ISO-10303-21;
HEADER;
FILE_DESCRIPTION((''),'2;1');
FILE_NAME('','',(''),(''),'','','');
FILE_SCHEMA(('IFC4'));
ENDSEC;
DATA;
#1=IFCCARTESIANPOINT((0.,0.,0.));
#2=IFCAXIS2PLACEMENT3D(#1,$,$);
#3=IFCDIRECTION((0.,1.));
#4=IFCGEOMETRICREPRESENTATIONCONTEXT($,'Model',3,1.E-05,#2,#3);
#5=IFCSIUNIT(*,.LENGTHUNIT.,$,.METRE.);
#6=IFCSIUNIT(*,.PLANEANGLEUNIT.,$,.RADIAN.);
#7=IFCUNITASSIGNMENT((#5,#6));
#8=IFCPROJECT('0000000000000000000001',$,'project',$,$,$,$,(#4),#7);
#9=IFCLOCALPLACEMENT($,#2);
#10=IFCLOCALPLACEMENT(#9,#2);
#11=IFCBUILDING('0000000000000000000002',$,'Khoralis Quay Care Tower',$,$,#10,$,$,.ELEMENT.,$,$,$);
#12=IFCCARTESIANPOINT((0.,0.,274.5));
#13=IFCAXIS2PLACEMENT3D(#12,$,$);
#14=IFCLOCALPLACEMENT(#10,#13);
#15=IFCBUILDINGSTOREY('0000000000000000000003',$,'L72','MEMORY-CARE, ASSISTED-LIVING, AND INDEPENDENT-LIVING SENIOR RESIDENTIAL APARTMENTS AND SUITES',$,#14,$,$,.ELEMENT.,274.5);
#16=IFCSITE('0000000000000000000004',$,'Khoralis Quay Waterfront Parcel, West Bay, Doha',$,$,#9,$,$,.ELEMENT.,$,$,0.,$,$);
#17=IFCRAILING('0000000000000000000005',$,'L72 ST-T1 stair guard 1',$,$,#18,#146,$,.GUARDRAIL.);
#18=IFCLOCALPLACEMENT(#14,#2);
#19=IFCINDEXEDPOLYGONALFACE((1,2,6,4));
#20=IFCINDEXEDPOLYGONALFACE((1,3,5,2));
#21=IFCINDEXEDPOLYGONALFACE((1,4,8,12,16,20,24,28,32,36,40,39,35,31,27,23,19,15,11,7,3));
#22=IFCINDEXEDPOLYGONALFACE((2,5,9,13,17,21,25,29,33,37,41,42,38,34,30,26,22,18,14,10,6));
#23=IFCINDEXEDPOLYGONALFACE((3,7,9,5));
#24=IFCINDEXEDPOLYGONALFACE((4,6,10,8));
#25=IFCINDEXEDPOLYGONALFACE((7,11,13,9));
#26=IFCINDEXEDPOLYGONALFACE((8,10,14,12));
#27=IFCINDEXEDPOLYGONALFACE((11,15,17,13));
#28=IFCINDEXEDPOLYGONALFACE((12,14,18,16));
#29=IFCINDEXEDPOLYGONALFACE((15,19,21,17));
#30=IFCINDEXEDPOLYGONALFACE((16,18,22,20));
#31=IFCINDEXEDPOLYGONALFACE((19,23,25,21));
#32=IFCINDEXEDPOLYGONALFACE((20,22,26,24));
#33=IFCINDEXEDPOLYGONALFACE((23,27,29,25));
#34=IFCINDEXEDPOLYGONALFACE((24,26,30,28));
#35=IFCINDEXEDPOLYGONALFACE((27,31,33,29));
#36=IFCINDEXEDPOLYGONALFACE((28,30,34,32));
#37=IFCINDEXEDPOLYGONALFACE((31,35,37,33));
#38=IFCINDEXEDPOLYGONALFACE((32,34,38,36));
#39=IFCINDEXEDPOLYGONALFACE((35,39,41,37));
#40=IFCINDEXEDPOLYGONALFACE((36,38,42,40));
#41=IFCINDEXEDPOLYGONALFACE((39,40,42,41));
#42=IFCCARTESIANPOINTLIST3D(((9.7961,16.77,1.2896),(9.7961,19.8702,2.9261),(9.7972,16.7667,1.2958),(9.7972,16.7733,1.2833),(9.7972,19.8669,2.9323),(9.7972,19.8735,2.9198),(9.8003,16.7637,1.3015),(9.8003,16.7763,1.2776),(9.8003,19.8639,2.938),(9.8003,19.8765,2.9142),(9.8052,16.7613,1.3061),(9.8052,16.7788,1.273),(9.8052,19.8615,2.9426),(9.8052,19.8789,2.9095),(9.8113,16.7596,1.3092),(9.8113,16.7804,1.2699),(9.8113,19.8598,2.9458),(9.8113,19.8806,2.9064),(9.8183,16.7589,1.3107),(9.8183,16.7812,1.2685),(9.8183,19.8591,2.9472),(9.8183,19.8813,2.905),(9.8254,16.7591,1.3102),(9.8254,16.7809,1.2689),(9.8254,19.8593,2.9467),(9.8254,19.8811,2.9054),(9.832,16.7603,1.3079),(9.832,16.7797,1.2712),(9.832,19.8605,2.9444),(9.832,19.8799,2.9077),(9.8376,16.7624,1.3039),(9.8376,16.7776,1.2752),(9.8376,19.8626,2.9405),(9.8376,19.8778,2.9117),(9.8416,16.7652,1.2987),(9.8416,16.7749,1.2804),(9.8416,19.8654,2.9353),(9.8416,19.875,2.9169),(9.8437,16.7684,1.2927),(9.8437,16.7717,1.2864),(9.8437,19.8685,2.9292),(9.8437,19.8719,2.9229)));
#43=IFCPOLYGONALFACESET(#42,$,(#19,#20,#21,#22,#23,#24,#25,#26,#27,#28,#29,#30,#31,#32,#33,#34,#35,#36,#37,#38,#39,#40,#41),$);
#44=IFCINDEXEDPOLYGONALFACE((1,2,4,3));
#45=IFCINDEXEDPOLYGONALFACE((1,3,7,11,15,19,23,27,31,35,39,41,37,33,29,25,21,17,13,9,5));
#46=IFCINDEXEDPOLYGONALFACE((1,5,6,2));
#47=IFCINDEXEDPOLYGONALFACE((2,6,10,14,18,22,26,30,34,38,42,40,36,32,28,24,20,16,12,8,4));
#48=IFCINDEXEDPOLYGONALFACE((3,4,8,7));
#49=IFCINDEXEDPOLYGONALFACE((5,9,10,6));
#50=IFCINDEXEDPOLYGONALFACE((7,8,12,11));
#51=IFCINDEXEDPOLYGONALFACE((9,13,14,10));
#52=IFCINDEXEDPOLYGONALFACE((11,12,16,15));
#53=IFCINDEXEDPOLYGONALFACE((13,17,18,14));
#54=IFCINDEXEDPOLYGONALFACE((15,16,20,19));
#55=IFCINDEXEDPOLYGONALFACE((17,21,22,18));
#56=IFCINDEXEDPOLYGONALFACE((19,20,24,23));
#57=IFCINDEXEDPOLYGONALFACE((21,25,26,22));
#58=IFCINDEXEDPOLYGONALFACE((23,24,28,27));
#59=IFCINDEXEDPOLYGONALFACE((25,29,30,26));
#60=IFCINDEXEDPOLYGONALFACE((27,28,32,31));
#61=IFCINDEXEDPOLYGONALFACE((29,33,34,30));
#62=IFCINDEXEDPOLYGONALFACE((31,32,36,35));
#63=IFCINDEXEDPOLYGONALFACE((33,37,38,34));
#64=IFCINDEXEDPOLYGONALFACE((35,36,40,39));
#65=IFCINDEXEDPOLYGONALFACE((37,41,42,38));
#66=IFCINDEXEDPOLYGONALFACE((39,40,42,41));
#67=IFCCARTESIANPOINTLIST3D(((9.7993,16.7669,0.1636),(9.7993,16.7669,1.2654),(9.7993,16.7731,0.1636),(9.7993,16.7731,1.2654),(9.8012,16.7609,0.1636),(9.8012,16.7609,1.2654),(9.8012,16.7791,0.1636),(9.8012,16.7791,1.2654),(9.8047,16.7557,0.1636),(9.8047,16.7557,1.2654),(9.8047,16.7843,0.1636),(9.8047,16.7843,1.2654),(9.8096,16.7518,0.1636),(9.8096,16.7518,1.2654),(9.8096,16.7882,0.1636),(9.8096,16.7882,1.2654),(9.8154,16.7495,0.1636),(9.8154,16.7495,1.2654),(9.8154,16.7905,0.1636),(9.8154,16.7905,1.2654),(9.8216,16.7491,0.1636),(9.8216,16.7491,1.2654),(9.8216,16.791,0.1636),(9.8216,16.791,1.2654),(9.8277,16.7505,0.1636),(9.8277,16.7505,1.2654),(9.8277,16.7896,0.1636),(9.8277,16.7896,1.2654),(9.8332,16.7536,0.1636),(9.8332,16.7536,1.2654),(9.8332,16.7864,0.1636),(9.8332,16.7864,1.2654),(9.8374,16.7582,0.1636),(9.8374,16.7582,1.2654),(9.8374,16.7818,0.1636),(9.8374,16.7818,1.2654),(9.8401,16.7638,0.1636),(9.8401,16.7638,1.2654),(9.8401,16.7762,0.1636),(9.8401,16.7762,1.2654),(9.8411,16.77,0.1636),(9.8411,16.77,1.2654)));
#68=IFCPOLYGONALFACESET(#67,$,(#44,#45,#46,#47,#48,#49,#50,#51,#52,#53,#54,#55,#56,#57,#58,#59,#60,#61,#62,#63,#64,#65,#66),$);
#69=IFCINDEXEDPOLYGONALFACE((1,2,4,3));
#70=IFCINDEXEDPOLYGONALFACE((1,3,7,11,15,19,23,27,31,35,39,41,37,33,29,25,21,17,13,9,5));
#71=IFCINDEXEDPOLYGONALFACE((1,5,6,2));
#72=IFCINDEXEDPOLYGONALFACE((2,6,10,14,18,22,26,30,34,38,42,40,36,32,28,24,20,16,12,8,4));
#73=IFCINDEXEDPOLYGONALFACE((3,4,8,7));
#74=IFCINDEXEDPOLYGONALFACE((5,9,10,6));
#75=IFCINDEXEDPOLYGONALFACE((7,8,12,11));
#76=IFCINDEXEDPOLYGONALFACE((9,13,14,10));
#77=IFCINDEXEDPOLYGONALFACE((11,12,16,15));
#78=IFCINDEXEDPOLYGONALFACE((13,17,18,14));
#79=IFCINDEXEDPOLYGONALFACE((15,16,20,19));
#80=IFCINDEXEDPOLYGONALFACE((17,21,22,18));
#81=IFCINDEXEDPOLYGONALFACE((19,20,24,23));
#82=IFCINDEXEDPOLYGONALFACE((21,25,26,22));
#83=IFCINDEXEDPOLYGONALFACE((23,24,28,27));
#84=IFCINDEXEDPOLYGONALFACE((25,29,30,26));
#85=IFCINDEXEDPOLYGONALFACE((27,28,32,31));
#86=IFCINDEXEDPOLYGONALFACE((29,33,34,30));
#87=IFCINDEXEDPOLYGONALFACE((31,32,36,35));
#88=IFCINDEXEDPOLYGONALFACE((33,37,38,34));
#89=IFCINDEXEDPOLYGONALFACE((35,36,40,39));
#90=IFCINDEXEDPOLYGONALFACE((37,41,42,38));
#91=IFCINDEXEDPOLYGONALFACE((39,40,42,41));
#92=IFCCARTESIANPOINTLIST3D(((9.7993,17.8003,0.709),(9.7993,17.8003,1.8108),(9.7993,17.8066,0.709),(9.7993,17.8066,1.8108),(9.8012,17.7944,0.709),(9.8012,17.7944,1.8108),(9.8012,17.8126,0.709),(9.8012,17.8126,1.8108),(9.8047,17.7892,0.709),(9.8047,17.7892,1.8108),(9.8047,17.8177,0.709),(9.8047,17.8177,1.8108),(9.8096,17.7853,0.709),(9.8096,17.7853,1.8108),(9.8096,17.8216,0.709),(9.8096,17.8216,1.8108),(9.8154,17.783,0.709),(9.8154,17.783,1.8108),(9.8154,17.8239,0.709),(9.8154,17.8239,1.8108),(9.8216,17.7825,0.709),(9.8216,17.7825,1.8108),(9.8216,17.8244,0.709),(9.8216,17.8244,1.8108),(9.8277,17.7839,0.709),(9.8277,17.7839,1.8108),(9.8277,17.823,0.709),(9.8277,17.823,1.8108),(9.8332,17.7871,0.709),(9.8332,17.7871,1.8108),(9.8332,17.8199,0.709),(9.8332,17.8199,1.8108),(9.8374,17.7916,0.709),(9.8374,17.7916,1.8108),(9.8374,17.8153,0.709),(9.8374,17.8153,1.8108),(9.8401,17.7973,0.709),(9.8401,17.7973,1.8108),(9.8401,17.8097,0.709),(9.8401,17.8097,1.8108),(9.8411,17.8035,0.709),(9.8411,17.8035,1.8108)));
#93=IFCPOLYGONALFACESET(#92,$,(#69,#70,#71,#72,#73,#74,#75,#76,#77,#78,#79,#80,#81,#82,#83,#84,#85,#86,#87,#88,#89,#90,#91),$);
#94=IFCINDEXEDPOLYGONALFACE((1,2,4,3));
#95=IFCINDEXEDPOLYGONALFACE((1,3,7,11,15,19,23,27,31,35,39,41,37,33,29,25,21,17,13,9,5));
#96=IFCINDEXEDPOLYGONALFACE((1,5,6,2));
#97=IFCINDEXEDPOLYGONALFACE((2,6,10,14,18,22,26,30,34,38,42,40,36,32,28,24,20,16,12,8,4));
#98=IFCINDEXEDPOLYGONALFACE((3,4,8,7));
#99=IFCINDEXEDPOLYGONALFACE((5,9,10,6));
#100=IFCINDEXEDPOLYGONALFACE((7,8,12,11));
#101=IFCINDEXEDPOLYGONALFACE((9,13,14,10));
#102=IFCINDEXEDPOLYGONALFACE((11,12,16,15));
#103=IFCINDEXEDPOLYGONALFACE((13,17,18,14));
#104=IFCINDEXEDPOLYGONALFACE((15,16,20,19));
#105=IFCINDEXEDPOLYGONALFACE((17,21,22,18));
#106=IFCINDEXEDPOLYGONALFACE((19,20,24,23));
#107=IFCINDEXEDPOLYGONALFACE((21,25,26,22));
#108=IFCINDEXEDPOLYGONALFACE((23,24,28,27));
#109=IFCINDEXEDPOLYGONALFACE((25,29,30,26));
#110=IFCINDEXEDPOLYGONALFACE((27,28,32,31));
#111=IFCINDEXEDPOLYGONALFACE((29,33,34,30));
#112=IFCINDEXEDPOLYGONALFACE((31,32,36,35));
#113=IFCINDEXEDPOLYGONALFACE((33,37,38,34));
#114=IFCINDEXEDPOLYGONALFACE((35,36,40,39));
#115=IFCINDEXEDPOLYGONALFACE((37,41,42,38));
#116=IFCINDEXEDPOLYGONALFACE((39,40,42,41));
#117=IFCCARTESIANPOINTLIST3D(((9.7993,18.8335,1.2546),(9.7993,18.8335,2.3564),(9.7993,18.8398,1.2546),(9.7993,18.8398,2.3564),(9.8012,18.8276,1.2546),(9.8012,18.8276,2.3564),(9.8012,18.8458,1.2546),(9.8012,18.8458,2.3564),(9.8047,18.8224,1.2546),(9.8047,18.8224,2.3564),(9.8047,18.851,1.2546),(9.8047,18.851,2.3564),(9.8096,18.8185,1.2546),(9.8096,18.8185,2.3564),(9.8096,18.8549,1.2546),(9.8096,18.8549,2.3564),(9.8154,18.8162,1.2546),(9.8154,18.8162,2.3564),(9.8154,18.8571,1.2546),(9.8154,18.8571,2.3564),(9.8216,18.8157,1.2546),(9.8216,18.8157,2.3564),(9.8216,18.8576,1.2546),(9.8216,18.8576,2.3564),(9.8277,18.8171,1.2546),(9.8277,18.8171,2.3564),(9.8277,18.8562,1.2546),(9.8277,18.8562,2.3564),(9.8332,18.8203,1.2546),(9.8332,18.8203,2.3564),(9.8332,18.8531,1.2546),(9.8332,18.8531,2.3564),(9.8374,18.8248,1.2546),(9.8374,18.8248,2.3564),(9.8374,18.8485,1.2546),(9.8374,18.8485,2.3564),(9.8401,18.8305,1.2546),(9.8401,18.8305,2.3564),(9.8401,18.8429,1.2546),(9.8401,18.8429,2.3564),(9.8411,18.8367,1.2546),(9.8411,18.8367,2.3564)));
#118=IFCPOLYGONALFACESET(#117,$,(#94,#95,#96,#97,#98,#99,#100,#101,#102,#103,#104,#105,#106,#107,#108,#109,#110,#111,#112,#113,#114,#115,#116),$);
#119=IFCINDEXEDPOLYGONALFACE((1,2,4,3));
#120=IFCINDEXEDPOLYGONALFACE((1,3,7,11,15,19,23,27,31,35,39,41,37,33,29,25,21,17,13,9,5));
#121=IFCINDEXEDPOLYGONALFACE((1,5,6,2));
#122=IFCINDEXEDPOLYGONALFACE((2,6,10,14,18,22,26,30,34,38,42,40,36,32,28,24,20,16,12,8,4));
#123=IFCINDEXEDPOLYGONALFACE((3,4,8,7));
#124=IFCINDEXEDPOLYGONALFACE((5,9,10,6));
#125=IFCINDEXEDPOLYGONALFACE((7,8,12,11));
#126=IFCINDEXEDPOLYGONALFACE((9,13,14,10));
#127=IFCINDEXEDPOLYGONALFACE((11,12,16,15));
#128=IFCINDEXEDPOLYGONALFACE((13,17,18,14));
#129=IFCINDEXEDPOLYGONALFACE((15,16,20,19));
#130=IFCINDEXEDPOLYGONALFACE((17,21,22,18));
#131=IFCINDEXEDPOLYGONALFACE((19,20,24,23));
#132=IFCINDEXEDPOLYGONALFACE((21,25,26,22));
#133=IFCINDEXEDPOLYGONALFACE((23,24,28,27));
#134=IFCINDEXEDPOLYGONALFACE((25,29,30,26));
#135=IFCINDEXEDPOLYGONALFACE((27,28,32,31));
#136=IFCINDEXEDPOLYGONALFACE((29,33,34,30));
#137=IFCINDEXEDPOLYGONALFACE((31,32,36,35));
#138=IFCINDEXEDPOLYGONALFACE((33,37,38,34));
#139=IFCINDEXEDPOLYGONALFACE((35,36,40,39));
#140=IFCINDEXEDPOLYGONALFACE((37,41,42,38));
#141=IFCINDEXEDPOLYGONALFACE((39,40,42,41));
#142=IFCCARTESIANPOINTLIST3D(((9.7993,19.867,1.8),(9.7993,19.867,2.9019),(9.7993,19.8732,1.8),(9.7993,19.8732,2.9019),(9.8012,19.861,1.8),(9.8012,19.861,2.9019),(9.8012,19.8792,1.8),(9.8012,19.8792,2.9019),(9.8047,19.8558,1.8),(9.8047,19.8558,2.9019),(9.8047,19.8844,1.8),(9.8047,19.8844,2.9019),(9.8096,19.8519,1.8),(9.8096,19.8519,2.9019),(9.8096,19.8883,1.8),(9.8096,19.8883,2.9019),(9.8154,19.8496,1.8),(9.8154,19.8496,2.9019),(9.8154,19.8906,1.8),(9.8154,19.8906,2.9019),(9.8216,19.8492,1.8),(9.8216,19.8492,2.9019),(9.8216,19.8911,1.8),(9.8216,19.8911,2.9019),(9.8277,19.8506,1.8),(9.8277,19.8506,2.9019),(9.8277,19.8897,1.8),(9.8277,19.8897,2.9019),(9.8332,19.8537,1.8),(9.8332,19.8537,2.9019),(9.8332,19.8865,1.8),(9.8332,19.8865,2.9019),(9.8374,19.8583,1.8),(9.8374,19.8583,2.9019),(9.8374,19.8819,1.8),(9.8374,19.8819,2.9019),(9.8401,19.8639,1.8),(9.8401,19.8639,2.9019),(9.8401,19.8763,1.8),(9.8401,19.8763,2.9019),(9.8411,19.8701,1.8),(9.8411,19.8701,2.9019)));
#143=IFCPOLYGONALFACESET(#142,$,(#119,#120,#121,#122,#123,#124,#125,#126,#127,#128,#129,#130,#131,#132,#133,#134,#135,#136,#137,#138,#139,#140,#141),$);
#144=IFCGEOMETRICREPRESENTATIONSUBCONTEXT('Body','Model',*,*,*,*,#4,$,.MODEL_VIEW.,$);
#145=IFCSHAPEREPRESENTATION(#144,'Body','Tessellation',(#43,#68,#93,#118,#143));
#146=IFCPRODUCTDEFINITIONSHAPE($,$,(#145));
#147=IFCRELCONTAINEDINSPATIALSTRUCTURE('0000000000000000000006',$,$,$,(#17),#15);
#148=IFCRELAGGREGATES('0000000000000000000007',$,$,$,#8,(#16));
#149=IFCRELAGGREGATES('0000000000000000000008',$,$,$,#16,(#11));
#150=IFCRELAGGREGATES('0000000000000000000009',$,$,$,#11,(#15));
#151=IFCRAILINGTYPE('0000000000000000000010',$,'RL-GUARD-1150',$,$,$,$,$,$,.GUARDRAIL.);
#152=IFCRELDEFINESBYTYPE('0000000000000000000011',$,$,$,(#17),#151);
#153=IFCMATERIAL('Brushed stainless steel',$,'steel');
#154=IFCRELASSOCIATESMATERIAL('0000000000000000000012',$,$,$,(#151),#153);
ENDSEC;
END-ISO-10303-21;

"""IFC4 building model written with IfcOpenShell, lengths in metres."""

from ifc_helpers import new_model, si_unit, direction, frame, origin, origin_2d, place, context, subcontext, project, spatial, circle, extrude, material, type_object, element, save


model = new_model("IFC4")

# Units and contexts
model_context = context("Model", 3, precision=1e-05, world=origin(), true_north=direction((0.0, 1.0)))
body_context = subcontext(model_context, "Body", "Model", "MODEL_VIEW")
ifc_project = project(units=[si_unit("LENGTHUNIT", "METRE"), si_unit("PLANEANGLEUNIT", "RADIAN")], contexts=[model_context])

# Site, building, storey
site_placement = place(None, origin())
site = spatial("IfcSite", under=ifc_project, at=site_placement, Name="Khoralis Quay Waterfront Parcel, West Bay, Doha", CompositionType="ELEMENT", RefElevation=0.0)
building_placement = place(site_placement, origin())
building = spatial("IfcBuilding", under=site, at=building_placement, Name="Khoralis Quay Care Tower", CompositionType="ELEMENT")
storey_placement = place(building_placement, frame((0.0, 0.0, 274.5)))
storey = spatial("IfcBuildingStorey", under=building, at=storey_placement, Name="L72", Description="MEMORY-CARE, ASSISTED-LIVING, AND INDEPENDENT-LIVING SENIOR RESIDENTIAL APARTMENTS AND SUITES", CompositionType="ELEMENT", Elevation=274.5)

# Shared definitions
ifc_material_1 = material(Name="Brushed stainless steel", Category="steel")

# Railing
railing_type_1 = type_object("IfcRailingType", Name="RL-GUARD-1150", PredefinedType="GUARDRAIL", material=ifc_material_1)
railing_1_placement = place(storey_placement, frame((9.8201, 16.77, 0.1636)))
element("IfcRailing", 1, at=railing_1_placement, inside=storey, type_object=railing_type_1, Name="L72 ST-T1 stair guard 1", PredefinedType="GUARDRAIL", context=body_context, shape_type="SweptSolid", body=[
    extrude(circle(Radius=0.0239, at=origin_2d()), frame((0.0, 0.0, 1.126), z_axis=(0.0, 0.884348, 0.466828), x_axis=(-1.0, 0.0, 0.0)), (0.0, 0.0, 1.0), 3.5056),
    extrude(circle(Radius=0.021, at=origin_2d()), origin(), (0.0, 0.0, 1.0), 1.1018),
    extrude(circle(Radius=0.021, at=origin_2d()), frame((0.0, 1.0334, 0.5454)), (0.0, 0.0, 1.0), 1.1018),
    extrude(circle(Radius=0.021, at=origin_2d()), frame((0.0, 2.0667, 1.0911)), (0.0, 0.0, 1.0), 1.1018),
    extrude(circle(Radius=0.021, at=origin_2d()), frame((0.0, 3.1001, 1.6365)), (0.0, 0.0, 1.0), 1.1018),
])

save(model, "model.ifc")
